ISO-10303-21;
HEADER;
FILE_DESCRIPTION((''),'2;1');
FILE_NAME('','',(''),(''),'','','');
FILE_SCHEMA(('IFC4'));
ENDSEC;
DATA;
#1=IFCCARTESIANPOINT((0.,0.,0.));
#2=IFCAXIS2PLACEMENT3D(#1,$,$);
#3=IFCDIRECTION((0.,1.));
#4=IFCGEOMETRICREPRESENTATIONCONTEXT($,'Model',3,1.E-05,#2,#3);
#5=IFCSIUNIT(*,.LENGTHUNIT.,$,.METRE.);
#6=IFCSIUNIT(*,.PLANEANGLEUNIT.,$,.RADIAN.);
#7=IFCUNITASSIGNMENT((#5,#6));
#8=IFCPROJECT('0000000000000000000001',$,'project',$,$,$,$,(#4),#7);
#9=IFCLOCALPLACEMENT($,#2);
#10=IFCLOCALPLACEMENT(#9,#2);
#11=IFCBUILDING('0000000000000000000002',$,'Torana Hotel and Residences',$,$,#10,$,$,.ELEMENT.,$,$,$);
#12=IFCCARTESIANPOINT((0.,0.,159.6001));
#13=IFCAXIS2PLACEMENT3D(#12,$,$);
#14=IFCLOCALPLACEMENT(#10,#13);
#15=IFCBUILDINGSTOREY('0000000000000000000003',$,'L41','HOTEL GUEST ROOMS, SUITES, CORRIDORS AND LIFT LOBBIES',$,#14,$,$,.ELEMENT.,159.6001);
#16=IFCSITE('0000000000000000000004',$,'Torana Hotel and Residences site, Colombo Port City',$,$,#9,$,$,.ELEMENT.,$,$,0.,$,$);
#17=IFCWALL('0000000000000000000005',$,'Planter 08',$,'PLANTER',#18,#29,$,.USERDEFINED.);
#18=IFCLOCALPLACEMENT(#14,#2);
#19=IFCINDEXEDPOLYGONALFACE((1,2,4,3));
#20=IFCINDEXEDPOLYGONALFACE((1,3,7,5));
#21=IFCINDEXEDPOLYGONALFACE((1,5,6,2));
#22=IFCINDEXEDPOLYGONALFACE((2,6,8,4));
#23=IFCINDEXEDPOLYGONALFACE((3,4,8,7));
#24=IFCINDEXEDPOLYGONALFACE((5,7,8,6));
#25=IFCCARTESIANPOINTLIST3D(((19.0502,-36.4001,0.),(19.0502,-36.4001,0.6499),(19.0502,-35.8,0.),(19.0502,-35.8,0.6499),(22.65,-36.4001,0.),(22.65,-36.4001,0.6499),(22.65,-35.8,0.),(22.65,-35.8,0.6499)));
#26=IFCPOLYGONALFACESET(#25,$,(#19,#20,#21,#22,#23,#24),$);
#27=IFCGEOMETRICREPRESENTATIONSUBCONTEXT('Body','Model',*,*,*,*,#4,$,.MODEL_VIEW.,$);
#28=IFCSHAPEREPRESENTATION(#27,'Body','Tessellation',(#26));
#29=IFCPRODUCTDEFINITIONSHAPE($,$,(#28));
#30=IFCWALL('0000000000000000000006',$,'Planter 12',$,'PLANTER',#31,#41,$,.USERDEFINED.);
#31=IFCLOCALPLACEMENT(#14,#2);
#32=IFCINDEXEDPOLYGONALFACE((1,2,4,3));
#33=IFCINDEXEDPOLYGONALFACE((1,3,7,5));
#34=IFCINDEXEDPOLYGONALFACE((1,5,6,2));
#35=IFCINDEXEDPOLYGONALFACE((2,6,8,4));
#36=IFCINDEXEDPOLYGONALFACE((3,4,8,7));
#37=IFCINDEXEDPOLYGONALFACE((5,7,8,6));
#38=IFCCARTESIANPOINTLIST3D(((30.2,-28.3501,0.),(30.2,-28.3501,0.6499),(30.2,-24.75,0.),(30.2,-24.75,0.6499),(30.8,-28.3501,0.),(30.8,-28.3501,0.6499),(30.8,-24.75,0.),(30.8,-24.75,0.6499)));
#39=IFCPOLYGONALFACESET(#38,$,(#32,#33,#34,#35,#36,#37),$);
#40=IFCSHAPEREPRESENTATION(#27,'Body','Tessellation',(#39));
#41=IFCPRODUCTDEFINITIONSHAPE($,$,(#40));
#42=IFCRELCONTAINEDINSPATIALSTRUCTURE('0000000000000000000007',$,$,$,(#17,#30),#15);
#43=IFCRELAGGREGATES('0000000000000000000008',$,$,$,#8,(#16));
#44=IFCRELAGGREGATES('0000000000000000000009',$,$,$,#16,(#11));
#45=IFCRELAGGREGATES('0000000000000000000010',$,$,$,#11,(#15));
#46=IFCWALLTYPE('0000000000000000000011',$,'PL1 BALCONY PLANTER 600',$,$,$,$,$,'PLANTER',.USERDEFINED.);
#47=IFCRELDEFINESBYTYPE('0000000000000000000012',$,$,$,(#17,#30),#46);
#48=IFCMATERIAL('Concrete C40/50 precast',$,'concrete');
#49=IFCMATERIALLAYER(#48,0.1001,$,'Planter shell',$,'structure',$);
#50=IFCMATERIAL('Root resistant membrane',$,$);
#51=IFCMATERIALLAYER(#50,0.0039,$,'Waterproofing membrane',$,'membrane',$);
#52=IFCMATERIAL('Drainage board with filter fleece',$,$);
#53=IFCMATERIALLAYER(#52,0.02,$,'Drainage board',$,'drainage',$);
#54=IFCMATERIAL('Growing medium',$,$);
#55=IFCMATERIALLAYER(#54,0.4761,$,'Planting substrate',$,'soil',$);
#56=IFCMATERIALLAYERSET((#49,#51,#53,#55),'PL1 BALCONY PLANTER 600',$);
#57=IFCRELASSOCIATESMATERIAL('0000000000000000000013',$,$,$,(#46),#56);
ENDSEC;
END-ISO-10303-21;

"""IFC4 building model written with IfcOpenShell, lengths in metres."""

from ifc_helpers import new_model, si_unit, direction, frame, frame_2d, origin, place, context, subcontext, project, spatial, rectangle, extrude, material, layer, layer_set, type_object, element, save


model = new_model("IFC4")

# Units and contexts
model_context = context("Model", 3, precision=1e-05, world=origin(), true_north=direction((0.0, 1.0)))
body_context = subcontext(model_context, "Body", "Model", "MODEL_VIEW")
ifc_project = project(units=[si_unit("LENGTHUNIT", "METRE"), si_unit("PLANEANGLEUNIT", "RADIAN")], contexts=[model_context])

# Site, building, storey
site_placement = place(None, origin())
site = spatial("IfcSite", under=ifc_project, at=site_placement, Name="Torana Hotel and Residences site, Colombo Port City", CompositionType="ELEMENT", RefElevation=0.0)
building_placement = place(site_placement, origin())
building = spatial("IfcBuilding", under=site, at=building_placement, Name="Torana Hotel and Residences", CompositionType="ELEMENT")
storey_placement = place(building_placement, frame((0.0, 0.0, 159.6001)))
storey = spatial("IfcBuildingStorey", under=building, at=storey_placement, Name="L41", Description="HOTEL GUEST ROOMS, SUITES, CORRIDORS AND LIFT LOBBIES", CompositionType="ELEMENT", Elevation=159.6001)

# Walls
ifc_material_1 = material(Name="Concrete C40/50 precast", Category="concrete")
ifc_layer_1 = layer(ifc_material_1, 0.1001, Name="Planter shell", Category="structure")
ifc_material_2 = material(Name="Root resistant membrane")
ifc_layer_2 = layer(ifc_material_2, 0.0039, Name="Waterproofing membrane", Category="membrane")
ifc_material_3 = material(Name="Drainage board with filter fleece")
ifc_layer_3 = layer(ifc_material_3, 0.02, Name="Drainage board", Category="drainage")
ifc_material_4 = material(Name="Growing medium")
ifc_layer_4 = layer(ifc_material_4, 0.4761, Name="Planting substrate", Category="soil")
ifc_layer_set_1 = layer_set([ifc_layer_1, ifc_layer_2, ifc_layer_3, ifc_layer_4], Name="PL1 BALCONY PLANTER 600")
wall_type_1 = type_object("IfcWallType", Name="PL1 BALCONY PLANTER 600", ElementType="PLANTER", PredefinedType="USERDEFINED", material=ifc_layer_set_1)
wall_1_placement = place(storey_placement, frame((22.6499, -36.1001, 0.0), z_axis=(0.0, 0.0, 1.0), x_axis=(-1.0, 0.0, 0.0)))
element("IfcWall", 1, at=wall_1_placement, inside=storey, type_object=wall_type_1, Name="Planter 08", ObjectType="PLANTER", PredefinedType="USERDEFINED", context=body_context, shape_type="SweptSolid", body=[
    extrude(rectangle(XDim=3.5999, YDim=0.6001, at=frame_2d((1.7998, 0.0))), origin(), (0.0, 0.0, 1.0), 0.6499),
])
wall_2_placement = place(storey_placement, frame((30.5, -24.75, 0.0), z_axis=(0.0, 0.0, 1.0), x_axis=(0.0, -1.0, 0.0)))
element("IfcWall", 2, at=wall_2_placement, inside=storey, type_object=wall_type_1, Name="Planter 12", ObjectType="PLANTER", PredefinedType="USERDEFINED", context=body_context, shape_type="SweptSolid", body=[
    extrude(rectangle(XDim=3.6001, YDim=0.6001, at=frame_2d((1.8, 0.0))), origin(), (0.0, 0.0, 1.0), 0.6499),
])

save(model, "model.ifc")
